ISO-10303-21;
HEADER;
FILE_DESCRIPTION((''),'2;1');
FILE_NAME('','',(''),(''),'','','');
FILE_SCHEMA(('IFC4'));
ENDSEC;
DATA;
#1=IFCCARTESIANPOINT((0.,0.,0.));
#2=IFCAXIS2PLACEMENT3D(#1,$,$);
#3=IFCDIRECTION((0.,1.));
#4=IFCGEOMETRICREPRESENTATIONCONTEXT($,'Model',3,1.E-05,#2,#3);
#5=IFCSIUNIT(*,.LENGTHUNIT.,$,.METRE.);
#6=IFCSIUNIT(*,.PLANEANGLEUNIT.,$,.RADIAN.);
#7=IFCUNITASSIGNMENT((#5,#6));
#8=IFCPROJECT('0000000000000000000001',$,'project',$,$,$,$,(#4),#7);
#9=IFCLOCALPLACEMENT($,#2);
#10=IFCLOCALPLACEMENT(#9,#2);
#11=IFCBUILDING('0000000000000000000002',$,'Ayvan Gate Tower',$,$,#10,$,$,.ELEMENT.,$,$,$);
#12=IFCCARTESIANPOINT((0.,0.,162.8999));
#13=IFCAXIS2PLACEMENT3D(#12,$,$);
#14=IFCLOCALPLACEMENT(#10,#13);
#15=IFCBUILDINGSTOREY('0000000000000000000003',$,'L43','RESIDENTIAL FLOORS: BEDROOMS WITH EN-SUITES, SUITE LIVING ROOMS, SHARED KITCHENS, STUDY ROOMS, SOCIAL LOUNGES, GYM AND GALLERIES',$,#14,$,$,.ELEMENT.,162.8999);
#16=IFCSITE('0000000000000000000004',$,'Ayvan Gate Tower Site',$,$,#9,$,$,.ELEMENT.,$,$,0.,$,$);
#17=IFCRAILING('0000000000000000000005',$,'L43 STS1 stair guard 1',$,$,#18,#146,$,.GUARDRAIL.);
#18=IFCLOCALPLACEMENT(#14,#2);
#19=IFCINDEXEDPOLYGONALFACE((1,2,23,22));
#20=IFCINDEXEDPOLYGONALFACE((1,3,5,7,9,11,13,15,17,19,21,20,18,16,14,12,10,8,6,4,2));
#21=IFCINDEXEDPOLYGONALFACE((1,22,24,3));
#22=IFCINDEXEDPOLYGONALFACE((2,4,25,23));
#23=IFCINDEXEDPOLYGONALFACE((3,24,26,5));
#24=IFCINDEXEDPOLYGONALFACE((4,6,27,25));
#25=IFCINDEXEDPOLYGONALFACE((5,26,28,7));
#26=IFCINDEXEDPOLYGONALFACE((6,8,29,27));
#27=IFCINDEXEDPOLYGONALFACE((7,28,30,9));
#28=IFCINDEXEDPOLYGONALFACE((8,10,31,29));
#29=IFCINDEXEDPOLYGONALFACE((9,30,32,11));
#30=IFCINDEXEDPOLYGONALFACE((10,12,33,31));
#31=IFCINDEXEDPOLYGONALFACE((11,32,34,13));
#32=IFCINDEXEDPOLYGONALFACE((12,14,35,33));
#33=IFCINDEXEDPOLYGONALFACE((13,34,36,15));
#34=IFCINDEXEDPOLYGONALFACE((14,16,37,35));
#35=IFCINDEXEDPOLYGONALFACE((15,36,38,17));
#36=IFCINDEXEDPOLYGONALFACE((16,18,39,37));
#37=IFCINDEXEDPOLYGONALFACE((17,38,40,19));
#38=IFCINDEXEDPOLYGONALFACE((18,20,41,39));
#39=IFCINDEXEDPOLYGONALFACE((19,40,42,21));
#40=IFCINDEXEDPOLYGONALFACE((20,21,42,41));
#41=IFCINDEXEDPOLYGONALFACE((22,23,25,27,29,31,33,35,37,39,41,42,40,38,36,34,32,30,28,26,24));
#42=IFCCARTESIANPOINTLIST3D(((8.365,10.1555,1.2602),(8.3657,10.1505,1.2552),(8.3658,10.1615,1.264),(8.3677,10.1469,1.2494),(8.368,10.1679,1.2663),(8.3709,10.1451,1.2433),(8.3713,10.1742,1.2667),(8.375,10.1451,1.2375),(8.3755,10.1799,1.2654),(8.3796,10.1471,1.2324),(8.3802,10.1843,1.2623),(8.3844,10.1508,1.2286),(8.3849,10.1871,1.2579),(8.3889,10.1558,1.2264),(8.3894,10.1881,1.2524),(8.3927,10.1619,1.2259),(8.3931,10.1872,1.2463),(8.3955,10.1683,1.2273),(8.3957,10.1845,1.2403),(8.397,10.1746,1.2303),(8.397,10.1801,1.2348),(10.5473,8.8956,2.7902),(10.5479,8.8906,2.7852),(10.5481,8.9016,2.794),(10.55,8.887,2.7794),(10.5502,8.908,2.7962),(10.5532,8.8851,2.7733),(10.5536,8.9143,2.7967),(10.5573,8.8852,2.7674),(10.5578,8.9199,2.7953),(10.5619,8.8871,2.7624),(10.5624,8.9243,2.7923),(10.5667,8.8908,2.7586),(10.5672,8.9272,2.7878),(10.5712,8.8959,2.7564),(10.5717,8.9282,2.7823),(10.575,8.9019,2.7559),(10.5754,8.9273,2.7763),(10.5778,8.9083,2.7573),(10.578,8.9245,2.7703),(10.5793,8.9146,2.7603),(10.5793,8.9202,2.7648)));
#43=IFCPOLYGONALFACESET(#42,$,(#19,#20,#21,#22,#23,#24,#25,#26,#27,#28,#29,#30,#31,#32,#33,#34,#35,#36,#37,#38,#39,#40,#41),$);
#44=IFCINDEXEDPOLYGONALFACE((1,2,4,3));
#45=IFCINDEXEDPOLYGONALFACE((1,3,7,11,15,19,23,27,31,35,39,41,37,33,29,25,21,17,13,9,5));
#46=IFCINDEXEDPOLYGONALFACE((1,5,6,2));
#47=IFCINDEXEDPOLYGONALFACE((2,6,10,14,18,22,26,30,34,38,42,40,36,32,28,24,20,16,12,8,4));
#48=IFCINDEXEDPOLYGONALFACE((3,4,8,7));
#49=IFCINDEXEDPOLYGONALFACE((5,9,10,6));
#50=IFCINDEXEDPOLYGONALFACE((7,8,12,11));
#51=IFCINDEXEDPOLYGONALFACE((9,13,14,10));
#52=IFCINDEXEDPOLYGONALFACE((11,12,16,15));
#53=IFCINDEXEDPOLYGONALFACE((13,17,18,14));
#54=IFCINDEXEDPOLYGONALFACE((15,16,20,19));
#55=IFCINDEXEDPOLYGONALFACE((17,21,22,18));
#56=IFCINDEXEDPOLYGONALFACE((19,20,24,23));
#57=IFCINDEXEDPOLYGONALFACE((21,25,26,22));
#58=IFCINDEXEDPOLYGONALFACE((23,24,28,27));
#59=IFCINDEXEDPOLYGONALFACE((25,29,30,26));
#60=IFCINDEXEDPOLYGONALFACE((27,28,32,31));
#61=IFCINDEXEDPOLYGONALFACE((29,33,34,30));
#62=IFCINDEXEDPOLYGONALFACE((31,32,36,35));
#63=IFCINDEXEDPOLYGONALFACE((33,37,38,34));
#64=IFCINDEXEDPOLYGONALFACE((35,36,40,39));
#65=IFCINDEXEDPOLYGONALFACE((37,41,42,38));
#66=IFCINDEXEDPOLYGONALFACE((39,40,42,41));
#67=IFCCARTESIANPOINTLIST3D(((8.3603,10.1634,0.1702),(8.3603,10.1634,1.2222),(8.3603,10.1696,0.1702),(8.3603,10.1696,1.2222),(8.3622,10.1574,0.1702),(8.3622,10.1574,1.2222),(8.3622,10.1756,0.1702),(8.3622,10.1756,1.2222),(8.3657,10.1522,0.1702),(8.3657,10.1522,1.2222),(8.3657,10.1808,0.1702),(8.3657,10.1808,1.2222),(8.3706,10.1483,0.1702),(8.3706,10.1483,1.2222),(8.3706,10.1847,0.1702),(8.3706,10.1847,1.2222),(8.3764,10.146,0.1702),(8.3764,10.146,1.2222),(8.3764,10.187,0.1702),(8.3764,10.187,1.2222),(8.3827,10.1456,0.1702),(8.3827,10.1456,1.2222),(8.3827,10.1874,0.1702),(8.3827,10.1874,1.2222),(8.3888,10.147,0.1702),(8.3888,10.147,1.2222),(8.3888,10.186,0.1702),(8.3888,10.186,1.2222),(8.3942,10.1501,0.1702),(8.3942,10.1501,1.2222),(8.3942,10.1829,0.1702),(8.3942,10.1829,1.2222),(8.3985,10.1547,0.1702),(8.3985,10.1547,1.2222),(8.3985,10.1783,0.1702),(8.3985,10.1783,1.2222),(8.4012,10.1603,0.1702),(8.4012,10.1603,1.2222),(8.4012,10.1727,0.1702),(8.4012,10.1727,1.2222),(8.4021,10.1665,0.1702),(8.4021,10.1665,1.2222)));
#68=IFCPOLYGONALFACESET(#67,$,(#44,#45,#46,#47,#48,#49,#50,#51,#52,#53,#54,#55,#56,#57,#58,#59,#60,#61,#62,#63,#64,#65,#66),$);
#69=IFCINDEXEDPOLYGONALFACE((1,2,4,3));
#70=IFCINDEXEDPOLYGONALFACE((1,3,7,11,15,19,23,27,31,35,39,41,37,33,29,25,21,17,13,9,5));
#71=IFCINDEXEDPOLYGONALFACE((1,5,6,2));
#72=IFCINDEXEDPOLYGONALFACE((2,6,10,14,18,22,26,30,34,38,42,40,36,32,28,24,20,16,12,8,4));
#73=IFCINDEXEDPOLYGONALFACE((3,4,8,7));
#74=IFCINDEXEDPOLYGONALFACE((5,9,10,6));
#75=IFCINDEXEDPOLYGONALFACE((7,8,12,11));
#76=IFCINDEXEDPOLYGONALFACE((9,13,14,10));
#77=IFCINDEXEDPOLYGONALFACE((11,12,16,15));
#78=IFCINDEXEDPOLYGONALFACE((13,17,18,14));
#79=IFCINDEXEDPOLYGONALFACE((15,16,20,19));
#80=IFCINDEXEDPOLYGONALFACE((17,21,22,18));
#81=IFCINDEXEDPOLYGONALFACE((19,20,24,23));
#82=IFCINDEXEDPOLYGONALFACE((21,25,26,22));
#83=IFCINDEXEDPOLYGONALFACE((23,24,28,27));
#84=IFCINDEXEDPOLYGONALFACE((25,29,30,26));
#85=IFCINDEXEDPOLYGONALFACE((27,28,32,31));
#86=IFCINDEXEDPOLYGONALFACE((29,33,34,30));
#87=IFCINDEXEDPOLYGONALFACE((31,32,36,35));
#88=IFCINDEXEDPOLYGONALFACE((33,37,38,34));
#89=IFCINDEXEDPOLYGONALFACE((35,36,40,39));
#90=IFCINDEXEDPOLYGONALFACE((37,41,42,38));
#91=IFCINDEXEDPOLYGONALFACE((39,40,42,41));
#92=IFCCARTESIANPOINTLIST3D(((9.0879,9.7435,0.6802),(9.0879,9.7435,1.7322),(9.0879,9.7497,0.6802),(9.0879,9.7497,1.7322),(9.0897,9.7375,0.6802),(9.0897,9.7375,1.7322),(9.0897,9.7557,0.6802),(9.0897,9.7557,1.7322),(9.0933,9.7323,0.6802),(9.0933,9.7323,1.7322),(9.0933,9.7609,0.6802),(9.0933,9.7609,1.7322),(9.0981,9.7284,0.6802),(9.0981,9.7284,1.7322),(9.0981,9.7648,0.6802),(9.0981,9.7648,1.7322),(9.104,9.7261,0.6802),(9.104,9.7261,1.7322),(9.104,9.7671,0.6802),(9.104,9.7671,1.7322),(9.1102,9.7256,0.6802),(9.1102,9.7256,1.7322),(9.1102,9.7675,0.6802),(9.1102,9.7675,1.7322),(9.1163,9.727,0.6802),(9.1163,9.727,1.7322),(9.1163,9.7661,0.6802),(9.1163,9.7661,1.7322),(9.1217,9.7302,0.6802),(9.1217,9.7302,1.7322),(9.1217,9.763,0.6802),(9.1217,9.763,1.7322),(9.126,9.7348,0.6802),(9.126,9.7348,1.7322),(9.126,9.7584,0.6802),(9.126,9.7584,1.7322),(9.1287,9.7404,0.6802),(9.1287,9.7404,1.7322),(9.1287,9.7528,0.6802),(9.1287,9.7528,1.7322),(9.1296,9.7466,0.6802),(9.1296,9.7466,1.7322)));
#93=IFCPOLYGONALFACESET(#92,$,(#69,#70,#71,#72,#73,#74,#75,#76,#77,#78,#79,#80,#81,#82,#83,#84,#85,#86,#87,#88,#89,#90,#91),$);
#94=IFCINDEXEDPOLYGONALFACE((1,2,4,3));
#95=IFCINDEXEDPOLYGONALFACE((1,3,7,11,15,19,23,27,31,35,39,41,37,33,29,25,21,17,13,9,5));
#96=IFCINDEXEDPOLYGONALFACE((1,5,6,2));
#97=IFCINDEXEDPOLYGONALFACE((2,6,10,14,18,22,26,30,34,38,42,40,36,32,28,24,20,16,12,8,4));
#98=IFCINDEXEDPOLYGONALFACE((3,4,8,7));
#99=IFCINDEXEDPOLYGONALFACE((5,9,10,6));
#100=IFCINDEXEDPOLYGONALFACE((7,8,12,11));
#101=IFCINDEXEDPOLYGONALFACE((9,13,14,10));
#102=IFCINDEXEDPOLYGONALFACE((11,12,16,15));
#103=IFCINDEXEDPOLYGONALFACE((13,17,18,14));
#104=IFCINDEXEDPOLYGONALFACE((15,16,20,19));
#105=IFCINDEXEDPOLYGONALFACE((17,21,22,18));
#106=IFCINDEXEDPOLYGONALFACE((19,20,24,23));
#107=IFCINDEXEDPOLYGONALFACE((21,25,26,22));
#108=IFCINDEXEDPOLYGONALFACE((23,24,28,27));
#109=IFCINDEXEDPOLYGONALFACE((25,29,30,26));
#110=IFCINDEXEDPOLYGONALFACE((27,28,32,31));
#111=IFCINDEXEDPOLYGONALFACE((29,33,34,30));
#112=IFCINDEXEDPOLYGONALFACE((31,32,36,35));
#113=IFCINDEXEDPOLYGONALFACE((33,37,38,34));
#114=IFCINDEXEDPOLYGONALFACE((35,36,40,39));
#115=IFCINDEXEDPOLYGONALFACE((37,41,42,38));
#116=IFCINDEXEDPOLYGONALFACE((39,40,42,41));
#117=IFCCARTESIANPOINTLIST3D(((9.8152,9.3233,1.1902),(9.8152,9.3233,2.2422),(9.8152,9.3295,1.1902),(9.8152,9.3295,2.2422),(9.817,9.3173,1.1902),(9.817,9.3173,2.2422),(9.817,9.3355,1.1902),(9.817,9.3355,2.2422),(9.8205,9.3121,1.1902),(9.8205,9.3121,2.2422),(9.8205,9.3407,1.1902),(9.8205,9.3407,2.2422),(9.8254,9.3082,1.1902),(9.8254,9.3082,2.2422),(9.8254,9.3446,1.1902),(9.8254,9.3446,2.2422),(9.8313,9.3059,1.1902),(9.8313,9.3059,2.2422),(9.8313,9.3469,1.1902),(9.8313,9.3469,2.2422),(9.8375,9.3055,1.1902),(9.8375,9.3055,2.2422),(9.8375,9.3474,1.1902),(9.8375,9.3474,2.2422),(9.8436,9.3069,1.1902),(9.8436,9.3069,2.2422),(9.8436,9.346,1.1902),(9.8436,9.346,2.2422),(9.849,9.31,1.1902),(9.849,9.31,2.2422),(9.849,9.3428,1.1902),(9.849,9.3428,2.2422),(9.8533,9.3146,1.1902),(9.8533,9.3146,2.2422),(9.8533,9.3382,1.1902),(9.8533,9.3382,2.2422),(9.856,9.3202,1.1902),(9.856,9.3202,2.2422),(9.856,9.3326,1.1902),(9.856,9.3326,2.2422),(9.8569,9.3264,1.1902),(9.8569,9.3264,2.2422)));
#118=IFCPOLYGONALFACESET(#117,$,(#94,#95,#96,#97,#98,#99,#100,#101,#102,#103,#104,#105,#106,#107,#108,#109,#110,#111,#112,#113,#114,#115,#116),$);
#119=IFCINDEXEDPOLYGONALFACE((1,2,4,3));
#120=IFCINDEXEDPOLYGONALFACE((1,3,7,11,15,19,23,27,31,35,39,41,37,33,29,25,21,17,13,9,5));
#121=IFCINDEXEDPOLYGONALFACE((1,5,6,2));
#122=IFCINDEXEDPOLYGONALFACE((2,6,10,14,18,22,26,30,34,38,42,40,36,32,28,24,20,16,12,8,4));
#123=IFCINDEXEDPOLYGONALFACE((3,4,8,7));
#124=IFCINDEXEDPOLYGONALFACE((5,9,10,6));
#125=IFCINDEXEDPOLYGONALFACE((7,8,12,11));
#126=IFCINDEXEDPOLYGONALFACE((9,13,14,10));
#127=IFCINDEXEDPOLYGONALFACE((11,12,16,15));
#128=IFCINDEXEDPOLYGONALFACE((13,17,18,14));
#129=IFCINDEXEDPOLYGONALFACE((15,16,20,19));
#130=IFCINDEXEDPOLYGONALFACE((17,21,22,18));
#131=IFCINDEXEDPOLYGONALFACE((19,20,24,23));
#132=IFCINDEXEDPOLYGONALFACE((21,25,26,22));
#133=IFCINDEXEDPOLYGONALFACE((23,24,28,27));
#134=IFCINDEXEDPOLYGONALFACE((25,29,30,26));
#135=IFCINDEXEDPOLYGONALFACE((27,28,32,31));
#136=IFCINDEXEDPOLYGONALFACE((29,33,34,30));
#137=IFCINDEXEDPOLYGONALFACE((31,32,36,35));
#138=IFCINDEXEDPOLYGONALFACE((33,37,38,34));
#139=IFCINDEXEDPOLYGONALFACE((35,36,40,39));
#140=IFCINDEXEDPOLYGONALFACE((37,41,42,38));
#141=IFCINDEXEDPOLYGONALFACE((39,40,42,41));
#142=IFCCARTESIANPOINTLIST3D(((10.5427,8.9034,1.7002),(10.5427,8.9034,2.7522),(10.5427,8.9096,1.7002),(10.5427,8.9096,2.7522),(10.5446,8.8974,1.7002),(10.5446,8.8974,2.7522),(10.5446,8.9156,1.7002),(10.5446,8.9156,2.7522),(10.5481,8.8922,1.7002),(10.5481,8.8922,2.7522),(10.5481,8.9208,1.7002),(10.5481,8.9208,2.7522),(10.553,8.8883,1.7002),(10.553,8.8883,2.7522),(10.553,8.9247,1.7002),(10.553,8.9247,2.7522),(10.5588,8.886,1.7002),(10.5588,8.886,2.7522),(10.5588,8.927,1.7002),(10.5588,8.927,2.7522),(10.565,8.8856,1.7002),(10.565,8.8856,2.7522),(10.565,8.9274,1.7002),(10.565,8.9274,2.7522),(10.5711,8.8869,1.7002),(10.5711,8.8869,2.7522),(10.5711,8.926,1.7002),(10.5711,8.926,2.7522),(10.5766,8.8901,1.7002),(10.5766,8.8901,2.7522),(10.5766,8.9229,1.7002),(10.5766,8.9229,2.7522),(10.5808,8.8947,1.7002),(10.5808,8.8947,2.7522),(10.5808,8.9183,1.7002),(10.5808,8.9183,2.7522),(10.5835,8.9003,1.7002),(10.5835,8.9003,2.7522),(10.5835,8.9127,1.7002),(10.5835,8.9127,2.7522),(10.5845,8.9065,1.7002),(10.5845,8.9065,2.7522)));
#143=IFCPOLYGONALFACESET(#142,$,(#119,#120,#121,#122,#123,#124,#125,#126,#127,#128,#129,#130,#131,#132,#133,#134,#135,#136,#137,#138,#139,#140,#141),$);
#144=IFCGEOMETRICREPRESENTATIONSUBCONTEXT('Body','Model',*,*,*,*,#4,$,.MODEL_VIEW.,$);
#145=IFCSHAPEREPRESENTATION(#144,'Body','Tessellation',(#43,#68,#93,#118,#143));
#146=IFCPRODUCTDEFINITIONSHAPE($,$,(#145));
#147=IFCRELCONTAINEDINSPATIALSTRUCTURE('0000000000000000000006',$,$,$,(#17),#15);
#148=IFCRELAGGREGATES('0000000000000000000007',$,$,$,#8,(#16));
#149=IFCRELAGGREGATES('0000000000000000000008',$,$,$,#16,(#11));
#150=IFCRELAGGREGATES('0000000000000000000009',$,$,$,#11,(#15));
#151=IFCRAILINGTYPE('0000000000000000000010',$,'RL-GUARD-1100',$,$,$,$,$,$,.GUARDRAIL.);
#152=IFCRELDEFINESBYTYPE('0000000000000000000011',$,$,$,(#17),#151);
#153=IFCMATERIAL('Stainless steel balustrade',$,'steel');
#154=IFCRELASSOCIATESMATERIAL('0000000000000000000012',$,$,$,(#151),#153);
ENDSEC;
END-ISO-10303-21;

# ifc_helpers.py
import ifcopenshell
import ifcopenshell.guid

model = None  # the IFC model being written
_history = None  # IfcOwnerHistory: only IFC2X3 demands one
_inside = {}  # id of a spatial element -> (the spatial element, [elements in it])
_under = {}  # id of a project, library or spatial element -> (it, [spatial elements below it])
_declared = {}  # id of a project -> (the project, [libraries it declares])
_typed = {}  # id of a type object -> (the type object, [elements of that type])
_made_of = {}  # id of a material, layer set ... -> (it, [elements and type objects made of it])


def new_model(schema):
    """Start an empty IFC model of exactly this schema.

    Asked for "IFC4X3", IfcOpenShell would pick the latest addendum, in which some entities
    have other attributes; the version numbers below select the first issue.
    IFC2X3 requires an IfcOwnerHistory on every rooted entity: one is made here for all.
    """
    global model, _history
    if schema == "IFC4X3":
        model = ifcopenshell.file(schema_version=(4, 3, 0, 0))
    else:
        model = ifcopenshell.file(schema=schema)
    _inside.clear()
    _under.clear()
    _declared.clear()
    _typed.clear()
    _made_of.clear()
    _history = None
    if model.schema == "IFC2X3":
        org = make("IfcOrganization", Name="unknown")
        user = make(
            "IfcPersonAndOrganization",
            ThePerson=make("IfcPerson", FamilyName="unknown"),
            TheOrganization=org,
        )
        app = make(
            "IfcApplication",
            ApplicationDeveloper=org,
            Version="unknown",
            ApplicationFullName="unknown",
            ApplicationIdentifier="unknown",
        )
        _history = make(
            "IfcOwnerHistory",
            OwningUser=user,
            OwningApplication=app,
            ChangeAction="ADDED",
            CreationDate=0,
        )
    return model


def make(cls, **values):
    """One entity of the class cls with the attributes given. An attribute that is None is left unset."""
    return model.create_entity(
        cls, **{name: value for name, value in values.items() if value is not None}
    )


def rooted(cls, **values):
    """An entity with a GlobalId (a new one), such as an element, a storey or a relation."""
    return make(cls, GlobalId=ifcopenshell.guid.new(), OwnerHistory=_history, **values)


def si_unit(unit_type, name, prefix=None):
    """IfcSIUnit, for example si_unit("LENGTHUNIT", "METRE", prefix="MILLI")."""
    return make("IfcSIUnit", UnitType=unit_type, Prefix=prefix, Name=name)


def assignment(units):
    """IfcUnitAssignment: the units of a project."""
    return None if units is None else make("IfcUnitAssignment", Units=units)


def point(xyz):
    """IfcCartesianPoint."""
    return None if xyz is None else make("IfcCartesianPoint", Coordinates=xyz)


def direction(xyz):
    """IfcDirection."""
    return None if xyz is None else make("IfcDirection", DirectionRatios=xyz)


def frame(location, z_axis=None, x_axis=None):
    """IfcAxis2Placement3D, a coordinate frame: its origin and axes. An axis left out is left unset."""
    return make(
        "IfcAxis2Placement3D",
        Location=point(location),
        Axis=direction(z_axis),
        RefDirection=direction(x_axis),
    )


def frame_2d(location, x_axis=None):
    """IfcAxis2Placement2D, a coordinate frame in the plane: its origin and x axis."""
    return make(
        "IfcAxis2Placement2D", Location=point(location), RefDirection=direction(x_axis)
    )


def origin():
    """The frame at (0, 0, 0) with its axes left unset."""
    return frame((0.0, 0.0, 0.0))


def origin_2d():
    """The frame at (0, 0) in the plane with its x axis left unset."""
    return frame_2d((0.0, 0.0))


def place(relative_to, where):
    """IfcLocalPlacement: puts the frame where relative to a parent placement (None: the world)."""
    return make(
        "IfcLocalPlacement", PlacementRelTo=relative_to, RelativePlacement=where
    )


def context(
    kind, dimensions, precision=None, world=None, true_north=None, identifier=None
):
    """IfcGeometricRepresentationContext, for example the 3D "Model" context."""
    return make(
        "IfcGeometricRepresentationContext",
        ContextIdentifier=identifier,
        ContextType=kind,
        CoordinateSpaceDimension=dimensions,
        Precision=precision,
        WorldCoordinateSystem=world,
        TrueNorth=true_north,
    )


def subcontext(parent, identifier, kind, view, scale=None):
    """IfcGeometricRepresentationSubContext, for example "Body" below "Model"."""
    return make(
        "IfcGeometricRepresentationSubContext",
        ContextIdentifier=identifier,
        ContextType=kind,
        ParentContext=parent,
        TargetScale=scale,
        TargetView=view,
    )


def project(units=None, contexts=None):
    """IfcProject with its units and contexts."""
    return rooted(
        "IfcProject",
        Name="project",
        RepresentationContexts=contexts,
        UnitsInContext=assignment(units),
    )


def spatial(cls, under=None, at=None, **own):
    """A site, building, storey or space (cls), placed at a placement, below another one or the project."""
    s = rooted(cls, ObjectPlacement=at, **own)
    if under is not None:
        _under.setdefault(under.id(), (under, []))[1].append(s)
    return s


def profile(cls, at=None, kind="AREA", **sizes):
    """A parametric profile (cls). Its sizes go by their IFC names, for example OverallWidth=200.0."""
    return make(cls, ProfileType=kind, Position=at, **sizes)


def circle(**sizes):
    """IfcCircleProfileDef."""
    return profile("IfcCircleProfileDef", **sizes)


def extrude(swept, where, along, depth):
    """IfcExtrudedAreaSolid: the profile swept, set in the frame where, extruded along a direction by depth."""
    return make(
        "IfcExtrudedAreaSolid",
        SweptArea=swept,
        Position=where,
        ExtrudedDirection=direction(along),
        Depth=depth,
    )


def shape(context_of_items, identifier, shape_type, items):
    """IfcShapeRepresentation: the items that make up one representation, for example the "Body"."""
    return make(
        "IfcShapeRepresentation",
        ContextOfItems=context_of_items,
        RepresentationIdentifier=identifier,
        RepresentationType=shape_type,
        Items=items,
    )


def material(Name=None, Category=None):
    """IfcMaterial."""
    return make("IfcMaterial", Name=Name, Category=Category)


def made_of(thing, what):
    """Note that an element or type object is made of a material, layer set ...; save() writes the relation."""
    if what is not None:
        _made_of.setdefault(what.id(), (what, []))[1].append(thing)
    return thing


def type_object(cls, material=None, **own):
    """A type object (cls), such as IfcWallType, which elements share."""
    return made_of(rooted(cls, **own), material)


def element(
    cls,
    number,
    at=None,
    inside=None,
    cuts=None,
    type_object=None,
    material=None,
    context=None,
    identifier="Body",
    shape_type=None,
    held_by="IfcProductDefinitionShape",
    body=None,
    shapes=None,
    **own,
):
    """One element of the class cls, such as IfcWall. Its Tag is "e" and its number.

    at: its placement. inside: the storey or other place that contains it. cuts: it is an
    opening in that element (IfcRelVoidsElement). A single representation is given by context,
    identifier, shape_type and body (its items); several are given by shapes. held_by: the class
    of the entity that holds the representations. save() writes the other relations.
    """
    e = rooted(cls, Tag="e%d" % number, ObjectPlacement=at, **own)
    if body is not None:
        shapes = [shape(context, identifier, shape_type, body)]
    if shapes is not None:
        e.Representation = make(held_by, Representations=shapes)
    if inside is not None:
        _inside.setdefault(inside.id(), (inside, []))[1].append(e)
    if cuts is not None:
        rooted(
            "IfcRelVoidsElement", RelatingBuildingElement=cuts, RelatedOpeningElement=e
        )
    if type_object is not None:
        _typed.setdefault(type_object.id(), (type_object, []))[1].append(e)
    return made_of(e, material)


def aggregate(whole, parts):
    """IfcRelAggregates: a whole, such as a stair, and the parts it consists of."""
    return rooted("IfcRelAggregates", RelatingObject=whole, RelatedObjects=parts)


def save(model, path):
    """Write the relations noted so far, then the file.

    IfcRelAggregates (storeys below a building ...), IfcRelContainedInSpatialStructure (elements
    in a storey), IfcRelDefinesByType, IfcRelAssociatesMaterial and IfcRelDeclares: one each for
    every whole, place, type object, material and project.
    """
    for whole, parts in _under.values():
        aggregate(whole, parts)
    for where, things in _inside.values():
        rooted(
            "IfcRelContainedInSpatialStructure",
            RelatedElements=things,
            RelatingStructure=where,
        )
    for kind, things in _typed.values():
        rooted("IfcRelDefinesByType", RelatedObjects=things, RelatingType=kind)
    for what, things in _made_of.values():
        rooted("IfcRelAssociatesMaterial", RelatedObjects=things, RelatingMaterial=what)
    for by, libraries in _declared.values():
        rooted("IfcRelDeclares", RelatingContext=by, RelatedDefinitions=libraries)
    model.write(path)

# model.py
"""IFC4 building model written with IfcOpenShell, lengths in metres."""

from ifc_helpers import new_model, si_unit, direction, frame, origin, origin_2d, place, context, subcontext, project, spatial, circle, extrude, material, type_object, element, save


model = new_model("IFC4")

# Units and contexts
model_context = context("Model", 3, precision=1e-05, world=origin(), true_north=direction((0.0, 1.0)))
body_context = subcontext(model_context, "Body", "Model", "MODEL_VIEW")
ifc_project = project(units=[si_unit("LENGTHUNIT", "METRE"), si_unit("PLANEANGLEUNIT", "RADIAN")], contexts=[model_context])

# Site, building, storey
site_placement = place(None, origin())
site = spatial("IfcSite", under=ifc_project, at=site_placement, Name="Ayvan Gate Tower Site", CompositionType="ELEMENT", RefElevation=0.0)
building_placement = place(site_placement, origin())
building = spatial("IfcBuilding", under=site, at=building_placement, Name="Ayvan Gate Tower", CompositionType="ELEMENT")
storey_placement = place(building_placement, frame((0.0, 0.0, 162.8999)))
storey = spatial("IfcBuildingStorey", under=building, at=storey_placement, Name="L43", Description="RESIDENTIAL FLOORS: BEDROOMS WITH EN-SUITES, SUITE LIVING ROOMS, SHARED KITCHENS, STUDY ROOMS, SOCIAL LOUNGES, GYM AND GALLERIES", CompositionType="ELEMENT", Elevation=162.8999)

# Railing
ifc_material_1 = material(Name="Stainless steel balustrade", Category="steel")
railing_type_1 = type_object("IfcRailingType", Name="RL-GUARD-1100", PredefinedType="GUARDRAIL", material=ifc_material_1)
railing_1_placement = place(storey_placement, frame((8.3811, 10.1665, 0.1702)))
element("IfcRailing", 1, at=railing_1_placement, inside=storey, type_object=railing_type_1, Name="L43 STS1 stair guard 1", PredefinedType="GUARDRAIL", context=body_context, shape_type="SweptSolid", body=[
    extrude(circle(Radius=0.0239, at=origin_2d()), frame((0.0, 0.0, 1.0762), z_axis=(0.740261, -0.427395, 0.518986), x_axis=(0.500005, 0.866023, 0.0)), (0.0, 0.0, 1.0), 2.948),
    extrude(circle(Radius=0.021, at=origin_2d()), origin(), (0.0, 0.0, 1.0), 1.052),
    extrude(circle(Radius=0.021, at=origin_2d()), frame((0.7275, -0.4199, 0.51)), (0.0, 0.0, 1.0), 1.052),
    extrude(circle(Radius=0.021, at=origin_2d()), frame((1.4548, -0.8401, 1.02)), (0.0, 0.0, 1.0), 1.052),
    extrude(circle(Radius=0.021, at=origin_2d()), frame((2.1824, -1.26, 1.53)), (0.0, 0.0, 1.0), 1.052),
])

save(model, "model.ifc")
